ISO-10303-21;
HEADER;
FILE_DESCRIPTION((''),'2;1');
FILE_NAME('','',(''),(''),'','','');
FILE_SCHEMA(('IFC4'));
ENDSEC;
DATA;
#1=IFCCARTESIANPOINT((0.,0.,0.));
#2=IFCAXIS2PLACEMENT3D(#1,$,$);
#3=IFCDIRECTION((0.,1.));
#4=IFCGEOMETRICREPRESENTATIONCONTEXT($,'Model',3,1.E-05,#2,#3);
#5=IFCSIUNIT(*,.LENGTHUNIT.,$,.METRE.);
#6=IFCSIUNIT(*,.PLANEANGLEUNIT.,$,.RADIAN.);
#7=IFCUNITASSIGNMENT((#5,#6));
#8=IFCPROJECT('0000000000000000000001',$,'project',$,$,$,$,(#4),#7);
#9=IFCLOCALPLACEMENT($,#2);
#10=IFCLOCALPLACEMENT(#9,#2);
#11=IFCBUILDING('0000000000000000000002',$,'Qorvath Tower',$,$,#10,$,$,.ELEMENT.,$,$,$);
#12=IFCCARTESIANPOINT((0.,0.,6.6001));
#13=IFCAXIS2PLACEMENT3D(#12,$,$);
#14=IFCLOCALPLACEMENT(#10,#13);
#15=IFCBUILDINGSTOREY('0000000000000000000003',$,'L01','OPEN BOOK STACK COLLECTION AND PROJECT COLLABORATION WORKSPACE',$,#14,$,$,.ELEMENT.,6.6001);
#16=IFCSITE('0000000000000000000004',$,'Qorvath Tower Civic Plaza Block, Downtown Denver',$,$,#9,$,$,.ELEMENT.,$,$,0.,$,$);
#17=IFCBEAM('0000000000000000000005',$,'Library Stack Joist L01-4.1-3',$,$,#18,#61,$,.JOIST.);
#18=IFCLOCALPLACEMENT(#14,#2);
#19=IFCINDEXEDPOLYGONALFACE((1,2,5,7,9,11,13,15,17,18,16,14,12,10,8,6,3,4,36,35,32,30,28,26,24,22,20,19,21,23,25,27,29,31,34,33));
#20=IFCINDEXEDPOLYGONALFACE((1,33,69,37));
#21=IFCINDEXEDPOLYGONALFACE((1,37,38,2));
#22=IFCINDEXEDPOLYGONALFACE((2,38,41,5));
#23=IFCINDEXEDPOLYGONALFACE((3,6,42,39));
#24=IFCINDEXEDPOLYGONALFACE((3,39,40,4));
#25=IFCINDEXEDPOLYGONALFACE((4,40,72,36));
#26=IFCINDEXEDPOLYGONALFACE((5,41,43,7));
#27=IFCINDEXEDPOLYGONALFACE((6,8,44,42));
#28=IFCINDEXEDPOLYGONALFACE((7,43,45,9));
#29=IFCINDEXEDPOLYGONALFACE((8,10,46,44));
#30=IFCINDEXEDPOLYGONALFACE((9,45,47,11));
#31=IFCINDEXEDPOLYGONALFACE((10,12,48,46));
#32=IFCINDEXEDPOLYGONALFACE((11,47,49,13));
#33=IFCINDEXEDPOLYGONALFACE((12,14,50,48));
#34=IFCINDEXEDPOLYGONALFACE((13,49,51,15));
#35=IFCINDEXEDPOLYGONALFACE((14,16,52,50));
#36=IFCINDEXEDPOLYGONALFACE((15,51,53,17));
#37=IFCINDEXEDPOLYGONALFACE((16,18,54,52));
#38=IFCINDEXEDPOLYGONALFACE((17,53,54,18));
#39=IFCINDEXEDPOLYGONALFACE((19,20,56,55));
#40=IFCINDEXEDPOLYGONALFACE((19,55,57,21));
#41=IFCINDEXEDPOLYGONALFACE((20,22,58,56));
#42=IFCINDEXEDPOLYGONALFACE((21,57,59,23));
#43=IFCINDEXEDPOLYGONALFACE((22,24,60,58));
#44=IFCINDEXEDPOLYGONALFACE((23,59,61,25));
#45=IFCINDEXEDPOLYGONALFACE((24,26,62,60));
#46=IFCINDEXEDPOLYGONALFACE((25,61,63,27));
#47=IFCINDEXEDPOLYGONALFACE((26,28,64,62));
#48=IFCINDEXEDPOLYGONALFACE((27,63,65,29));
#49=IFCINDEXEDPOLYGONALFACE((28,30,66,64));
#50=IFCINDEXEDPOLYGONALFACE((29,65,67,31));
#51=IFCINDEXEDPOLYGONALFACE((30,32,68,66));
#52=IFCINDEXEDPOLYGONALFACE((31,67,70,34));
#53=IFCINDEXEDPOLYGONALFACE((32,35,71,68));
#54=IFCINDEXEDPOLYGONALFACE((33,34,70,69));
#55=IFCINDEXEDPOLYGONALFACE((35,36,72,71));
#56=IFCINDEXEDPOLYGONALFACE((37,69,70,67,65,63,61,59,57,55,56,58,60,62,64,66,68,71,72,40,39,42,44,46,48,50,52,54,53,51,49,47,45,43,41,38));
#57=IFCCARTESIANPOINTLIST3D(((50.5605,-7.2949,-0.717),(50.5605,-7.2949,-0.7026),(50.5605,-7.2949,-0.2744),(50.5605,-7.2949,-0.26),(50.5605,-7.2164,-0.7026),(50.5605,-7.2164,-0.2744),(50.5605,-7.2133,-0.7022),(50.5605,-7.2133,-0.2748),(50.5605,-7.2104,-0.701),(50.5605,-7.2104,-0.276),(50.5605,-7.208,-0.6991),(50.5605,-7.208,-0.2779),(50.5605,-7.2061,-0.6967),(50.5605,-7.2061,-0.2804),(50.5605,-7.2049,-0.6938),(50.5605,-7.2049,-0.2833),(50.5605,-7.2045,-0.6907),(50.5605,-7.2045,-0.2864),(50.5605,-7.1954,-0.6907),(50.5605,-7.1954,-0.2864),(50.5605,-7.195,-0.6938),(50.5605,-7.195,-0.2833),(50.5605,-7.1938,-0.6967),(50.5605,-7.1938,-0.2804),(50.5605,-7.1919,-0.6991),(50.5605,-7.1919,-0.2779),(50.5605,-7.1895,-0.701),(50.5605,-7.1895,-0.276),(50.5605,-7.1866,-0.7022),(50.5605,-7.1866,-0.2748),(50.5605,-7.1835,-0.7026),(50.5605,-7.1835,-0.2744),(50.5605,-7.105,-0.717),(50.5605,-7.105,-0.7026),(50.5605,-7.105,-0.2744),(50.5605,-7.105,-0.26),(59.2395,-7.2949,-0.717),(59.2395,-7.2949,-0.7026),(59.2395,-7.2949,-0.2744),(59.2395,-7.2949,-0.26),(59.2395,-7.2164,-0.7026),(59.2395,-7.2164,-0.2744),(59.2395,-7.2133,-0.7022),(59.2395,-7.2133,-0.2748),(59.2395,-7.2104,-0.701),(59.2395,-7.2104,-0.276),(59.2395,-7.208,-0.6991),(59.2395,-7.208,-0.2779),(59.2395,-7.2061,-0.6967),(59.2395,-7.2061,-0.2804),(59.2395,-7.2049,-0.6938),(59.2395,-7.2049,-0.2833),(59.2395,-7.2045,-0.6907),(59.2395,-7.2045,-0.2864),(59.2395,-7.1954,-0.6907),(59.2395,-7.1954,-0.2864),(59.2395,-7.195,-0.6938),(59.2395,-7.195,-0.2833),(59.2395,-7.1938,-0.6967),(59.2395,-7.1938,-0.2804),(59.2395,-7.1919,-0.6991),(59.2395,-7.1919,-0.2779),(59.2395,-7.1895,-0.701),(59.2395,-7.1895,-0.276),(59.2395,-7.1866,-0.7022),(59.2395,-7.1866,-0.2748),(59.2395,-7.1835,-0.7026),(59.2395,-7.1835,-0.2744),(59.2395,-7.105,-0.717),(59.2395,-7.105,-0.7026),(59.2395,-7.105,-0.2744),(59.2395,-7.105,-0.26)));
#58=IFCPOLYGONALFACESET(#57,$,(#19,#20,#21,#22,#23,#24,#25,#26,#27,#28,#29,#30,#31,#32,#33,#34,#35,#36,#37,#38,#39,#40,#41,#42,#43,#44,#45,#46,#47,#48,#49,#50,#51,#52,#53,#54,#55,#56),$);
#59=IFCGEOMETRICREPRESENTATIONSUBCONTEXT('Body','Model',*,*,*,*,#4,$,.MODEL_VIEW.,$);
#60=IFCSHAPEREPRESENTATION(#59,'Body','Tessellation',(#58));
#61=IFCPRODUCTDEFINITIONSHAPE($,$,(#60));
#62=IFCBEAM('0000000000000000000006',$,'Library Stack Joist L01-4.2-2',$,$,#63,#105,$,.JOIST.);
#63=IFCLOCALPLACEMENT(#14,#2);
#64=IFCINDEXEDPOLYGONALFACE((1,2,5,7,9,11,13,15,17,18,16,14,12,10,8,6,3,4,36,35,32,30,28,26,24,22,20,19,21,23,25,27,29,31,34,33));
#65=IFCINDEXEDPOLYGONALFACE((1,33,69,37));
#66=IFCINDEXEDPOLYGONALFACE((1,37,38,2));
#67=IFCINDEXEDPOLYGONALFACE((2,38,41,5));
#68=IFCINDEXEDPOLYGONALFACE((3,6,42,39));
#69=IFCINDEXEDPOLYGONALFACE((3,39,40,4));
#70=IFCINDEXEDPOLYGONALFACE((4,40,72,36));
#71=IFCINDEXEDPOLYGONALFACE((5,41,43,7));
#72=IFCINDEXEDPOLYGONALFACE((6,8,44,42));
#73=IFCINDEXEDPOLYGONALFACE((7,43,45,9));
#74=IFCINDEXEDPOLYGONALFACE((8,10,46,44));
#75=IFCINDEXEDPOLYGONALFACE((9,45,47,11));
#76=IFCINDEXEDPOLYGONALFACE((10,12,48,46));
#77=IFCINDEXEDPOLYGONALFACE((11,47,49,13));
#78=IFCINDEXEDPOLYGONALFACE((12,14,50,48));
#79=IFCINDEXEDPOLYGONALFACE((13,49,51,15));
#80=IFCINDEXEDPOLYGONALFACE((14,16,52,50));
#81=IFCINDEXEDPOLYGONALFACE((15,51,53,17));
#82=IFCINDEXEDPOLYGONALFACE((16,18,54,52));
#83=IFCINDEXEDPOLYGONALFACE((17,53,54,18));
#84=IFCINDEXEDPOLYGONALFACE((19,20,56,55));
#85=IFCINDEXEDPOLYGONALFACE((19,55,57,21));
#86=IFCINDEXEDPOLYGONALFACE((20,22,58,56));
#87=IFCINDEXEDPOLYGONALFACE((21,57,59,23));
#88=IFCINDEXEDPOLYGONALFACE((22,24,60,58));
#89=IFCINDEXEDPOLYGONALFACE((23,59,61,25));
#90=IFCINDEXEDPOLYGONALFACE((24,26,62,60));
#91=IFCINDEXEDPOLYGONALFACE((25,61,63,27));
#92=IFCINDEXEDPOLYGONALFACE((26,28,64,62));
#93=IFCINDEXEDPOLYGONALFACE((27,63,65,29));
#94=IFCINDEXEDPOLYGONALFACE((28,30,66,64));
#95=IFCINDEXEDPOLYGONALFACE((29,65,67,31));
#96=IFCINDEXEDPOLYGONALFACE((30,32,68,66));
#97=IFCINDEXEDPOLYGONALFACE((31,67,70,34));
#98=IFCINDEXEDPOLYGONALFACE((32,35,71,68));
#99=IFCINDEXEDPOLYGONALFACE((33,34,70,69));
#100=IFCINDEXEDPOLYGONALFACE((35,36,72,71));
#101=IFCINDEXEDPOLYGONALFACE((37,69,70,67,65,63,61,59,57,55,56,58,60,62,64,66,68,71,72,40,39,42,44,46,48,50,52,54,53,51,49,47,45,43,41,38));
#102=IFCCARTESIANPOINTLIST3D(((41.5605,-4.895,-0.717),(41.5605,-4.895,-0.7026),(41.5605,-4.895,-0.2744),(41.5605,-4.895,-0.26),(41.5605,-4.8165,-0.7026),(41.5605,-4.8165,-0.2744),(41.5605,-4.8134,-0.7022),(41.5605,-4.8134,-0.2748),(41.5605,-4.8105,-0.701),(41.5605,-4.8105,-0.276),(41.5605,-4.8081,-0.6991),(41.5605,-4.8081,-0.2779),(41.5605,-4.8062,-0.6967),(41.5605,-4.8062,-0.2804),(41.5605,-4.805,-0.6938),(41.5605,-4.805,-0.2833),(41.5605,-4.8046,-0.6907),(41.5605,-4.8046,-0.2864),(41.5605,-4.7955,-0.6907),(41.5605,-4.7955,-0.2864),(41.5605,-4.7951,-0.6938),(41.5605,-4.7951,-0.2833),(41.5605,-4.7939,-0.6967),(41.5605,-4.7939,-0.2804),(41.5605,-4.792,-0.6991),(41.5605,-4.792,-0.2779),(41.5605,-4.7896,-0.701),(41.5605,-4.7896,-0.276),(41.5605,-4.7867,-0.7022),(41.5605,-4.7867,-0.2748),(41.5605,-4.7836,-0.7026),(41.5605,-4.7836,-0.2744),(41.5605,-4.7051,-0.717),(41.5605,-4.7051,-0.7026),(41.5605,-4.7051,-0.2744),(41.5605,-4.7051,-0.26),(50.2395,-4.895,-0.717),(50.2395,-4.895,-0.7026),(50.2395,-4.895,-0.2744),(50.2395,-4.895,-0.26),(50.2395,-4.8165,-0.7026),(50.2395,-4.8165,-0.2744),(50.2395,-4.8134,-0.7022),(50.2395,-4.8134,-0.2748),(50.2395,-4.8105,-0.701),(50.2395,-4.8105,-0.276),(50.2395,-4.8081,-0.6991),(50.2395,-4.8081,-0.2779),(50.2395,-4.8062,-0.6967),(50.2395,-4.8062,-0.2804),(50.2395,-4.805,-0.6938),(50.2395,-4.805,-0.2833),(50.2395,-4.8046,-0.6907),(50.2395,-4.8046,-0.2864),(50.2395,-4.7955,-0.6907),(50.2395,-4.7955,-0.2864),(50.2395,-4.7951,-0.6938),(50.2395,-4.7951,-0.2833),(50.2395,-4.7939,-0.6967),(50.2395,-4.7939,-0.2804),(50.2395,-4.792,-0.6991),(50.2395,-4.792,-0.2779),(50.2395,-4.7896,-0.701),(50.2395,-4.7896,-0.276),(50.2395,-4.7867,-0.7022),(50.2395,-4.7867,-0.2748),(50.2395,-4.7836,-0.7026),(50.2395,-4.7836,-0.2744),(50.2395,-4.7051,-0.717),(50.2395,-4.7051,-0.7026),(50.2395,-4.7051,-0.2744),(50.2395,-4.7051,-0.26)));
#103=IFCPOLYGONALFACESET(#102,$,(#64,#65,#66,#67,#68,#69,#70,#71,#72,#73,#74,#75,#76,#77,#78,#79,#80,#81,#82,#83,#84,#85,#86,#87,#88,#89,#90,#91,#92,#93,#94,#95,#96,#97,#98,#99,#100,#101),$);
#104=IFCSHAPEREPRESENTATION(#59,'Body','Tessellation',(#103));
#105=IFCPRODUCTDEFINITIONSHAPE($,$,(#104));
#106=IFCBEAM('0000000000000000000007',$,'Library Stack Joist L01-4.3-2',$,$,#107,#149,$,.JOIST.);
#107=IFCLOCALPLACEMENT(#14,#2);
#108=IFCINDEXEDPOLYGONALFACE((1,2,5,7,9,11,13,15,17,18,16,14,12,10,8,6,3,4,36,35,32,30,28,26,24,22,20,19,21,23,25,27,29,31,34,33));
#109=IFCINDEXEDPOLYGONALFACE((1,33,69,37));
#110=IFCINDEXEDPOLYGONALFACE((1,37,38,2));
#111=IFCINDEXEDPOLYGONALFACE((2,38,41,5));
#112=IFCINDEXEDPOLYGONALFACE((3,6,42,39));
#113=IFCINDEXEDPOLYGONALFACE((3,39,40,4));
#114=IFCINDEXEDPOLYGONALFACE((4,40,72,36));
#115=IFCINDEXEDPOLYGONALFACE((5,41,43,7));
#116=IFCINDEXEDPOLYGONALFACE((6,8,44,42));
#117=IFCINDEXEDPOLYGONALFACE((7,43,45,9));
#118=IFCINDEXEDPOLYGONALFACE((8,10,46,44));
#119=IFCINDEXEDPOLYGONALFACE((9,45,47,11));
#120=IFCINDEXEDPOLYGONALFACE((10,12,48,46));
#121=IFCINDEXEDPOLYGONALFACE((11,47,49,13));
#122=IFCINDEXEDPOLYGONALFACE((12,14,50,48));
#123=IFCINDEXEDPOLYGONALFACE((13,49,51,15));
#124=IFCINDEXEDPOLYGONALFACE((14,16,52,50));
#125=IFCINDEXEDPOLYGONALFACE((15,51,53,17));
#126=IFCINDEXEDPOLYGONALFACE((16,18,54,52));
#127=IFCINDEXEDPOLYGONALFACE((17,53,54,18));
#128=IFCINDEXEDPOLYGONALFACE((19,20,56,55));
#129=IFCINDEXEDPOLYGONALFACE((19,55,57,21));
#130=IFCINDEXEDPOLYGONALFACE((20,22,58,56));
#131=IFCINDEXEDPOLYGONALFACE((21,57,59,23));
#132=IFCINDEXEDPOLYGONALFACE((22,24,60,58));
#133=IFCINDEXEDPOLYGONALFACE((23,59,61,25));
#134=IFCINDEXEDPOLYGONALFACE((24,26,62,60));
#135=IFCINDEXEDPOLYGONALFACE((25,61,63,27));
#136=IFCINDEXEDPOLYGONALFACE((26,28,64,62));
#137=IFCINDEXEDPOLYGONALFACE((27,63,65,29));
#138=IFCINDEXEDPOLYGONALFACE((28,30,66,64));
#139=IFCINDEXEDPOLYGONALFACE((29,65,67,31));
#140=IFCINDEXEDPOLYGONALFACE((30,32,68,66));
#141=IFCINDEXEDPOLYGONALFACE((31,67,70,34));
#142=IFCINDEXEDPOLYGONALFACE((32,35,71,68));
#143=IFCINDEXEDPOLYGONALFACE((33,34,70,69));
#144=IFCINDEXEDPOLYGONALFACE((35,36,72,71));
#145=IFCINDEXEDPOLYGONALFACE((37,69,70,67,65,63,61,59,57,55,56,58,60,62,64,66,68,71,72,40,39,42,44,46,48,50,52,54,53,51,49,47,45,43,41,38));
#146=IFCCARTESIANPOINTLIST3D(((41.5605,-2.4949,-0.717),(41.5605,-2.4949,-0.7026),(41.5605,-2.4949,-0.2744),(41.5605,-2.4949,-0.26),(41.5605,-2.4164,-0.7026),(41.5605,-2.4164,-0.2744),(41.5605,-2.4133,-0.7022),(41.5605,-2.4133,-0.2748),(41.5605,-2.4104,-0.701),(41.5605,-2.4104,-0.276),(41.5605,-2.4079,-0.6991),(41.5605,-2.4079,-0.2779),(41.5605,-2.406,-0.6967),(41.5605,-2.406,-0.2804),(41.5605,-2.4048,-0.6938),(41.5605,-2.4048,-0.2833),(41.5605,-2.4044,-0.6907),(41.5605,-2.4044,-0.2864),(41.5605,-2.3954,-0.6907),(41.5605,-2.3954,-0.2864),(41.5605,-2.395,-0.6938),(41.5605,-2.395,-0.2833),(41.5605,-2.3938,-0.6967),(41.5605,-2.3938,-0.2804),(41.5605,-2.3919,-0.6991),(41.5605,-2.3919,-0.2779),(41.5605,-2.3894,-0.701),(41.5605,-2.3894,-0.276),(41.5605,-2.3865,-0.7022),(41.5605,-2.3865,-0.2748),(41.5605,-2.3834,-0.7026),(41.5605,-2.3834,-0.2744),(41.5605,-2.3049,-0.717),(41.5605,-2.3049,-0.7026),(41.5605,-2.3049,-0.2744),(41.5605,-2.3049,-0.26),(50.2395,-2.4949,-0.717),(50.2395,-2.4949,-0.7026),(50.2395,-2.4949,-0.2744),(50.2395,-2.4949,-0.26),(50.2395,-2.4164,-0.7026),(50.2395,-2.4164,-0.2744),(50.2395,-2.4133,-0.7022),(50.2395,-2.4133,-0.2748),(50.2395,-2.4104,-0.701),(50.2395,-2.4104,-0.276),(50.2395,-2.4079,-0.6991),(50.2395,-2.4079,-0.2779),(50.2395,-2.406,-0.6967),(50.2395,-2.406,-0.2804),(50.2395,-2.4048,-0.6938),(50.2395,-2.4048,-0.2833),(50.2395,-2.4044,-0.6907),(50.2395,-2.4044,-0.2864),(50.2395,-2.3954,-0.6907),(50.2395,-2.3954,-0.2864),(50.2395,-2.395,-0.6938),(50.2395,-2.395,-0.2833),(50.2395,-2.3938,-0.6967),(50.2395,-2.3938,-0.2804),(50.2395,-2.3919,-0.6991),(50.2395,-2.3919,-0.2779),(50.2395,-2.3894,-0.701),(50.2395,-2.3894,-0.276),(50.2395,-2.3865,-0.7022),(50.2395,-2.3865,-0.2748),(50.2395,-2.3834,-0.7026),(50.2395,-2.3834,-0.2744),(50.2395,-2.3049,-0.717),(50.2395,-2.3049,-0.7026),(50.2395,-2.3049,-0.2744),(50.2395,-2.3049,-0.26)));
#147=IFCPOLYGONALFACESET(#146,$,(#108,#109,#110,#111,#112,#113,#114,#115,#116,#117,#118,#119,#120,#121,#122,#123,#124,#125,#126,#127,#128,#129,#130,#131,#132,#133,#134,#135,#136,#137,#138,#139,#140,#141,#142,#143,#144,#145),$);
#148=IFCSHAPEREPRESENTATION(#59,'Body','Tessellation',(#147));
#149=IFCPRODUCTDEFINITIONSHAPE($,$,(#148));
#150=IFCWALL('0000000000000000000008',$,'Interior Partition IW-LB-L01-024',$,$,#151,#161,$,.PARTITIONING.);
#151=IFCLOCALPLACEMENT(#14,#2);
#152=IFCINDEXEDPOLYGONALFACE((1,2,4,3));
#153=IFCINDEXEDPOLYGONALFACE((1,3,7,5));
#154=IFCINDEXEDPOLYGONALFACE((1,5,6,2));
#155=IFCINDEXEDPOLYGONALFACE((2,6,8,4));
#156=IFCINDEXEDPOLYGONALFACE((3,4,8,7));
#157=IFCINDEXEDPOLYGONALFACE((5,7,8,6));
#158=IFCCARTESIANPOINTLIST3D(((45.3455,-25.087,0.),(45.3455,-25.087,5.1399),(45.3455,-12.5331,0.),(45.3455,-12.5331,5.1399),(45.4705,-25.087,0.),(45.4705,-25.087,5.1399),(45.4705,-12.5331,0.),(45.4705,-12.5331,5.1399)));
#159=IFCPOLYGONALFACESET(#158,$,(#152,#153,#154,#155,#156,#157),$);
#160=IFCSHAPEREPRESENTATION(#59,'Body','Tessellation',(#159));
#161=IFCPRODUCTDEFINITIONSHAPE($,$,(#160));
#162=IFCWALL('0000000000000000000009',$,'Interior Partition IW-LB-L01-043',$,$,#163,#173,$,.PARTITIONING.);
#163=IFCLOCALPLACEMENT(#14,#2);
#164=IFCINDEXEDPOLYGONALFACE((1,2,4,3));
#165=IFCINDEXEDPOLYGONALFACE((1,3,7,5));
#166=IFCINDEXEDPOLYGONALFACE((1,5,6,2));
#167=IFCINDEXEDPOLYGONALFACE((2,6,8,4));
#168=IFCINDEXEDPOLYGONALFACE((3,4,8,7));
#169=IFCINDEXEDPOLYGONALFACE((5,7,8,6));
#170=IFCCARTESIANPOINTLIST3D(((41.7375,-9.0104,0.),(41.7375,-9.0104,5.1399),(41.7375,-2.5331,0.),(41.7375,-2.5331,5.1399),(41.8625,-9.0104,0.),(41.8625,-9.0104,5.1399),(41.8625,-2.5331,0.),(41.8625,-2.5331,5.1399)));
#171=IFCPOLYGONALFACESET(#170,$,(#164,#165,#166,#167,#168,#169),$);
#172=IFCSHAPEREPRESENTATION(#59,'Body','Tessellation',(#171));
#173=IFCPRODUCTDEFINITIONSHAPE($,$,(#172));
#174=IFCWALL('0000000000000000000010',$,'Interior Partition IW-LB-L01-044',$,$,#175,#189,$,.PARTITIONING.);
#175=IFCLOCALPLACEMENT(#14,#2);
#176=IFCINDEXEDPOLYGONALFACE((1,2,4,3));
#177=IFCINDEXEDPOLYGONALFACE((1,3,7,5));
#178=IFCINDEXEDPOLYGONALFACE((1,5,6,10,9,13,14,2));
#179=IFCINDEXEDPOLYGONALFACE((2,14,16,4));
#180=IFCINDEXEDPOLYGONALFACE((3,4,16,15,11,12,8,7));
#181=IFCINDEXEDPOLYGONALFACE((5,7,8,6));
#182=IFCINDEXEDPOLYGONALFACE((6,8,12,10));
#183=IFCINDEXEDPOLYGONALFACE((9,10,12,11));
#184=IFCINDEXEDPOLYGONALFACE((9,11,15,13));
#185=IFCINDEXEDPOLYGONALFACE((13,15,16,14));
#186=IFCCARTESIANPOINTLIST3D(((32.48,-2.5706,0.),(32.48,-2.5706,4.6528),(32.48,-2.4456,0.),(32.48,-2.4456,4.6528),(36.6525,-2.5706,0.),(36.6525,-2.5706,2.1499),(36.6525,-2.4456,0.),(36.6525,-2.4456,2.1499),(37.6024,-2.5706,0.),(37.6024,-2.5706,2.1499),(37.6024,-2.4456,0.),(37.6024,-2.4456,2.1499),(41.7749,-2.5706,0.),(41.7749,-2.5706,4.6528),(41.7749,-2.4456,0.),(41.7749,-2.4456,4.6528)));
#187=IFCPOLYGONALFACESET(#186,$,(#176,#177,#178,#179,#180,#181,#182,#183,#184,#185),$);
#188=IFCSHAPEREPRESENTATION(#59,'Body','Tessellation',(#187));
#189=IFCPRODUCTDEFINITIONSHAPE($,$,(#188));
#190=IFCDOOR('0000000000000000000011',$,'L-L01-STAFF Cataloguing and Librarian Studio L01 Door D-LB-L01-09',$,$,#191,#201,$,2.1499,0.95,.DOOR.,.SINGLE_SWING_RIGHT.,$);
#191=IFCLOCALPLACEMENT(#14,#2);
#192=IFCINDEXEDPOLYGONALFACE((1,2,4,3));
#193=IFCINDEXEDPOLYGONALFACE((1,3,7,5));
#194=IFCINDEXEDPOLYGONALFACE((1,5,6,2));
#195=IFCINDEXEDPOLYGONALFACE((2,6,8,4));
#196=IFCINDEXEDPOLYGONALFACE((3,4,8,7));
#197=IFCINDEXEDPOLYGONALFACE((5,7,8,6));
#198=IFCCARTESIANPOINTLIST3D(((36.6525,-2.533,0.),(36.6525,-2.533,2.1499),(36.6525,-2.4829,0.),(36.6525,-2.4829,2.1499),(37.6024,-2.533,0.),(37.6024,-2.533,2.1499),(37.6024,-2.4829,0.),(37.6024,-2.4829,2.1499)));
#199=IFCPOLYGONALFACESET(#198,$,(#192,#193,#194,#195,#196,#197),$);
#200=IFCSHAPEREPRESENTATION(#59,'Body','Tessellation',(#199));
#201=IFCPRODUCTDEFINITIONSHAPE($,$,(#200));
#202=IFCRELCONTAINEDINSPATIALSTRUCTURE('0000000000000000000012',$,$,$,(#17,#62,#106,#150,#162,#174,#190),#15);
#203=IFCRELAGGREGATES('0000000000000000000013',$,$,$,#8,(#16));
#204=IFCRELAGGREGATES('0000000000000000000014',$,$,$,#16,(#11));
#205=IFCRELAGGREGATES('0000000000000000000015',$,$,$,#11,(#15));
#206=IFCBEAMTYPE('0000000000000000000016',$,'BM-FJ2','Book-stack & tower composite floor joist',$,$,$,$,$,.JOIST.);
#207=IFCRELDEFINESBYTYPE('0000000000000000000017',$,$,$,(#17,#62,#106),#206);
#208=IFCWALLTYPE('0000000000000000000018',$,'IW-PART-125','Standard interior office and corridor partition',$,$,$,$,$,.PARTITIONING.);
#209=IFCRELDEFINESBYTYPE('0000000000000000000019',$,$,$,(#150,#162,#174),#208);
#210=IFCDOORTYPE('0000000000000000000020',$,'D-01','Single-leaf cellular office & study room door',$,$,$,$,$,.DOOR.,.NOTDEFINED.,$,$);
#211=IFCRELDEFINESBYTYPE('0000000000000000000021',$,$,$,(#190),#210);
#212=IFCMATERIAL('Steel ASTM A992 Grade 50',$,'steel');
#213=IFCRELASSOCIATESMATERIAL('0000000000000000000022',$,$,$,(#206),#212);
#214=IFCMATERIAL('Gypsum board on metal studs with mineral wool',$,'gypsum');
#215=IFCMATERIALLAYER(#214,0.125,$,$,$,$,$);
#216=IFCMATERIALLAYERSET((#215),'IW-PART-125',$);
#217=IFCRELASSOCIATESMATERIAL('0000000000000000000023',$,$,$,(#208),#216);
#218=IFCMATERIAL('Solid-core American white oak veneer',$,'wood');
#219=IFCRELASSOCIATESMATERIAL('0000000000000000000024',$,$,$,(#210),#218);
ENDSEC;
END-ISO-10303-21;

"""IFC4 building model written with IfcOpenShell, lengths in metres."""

from ifc_helpers import new_model, si_unit, direction, frame, frame_2d, origin, origin_2d, place, context, subcontext, project, spatial, rectangle, i_section, extrude, material, layer, layer_set, material_profile, profile_set, type_object, element, fill, save


model = new_model("IFC4")

# Units and contexts
model_context = context("Model", 3, precision=1e-05, world=origin(), true_north=direction((0.0, 1.0)))
body_context = subcontext(model_context, "Body", "Model", "MODEL_VIEW")
ifc_project = project(units=[si_unit("LENGTHUNIT", "METRE"), si_unit("PLANEANGLEUNIT", "RADIAN")], contexts=[model_context])

# Site, building, storey
site_placement = place(None, origin())
site = spatial("IfcSite", under=ifc_project, at=site_placement, Name="Qorvath Tower Civic Plaza Block, Downtown Denver", CompositionType="ELEMENT", RefElevation=0.0)
building_placement = place(site_placement, origin())
building = spatial("IfcBuilding", under=site, at=building_placement, Name="Qorvath Tower", CompositionType="ELEMENT")
storey_placement = place(building_placement, frame((0.0, 0.0, 6.6001)))
storey = spatial("IfcBuildingStorey", under=building, at=storey_placement, Name="L01", Description="OPEN BOOK STACK COLLECTION AND PROJECT COLLABORATION WORKSPACE", CompositionType="ELEMENT", Elevation=6.6001)

# Beams
ifc_material_1 = material(Name="Steel ASTM A992 Grade 50", Category="steel")
ifc_material_profile_1 = material_profile(ifc_material_1, i_section(OverallWidth=0.1899, OverallDepth=0.457, WebThickness=0.009, FlangeThickness=0.0144, FilletRadius=0.012, at=origin_2d()), Name="W18x50")
ifc_profile_set_1 = profile_set([ifc_material_profile_1], Name="Steel ASTM A992 Grade 50")
beam_type_1 = type_object("IfcBeamType", Name="BM-FJ2", Description="Book-stack & tower composite floor joist", PredefinedType="JOIST", material=ifc_profile_set_1)
for number, where, z_axis, x_axis, name in (
    (1, (50.5605, -7.2, -0.4885), (1.0, 0.0, 0.0), (0.0, 1.0, 0.0), "Library Stack Joist L01-4.1-3"),
    (2, (41.5605, -4.8, -0.4885), (1.0, 0.0, 0.0), (0.0, 1.0, 0.0), "Library Stack Joist L01-4.2-2"),
    (3, (41.5605, -2.3999, -0.4885), (1.0, 0.0, 0.0), (0.0, 1.0, 0.0), "Library Stack Joist L01-4.3-2"),
):
    element("IfcBeam", number, at=place(storey_placement, frame(where, z_axis=z_axis, x_axis=x_axis)), inside=storey, type_object=beam_type_1, Name=name, PredefinedType="JOIST", context=body_context, shape_type="SweptSolid", body=[
        extrude(i_section(OverallWidth=0.1899, OverallDepth=0.457, WebThickness=0.009, FlangeThickness=0.0144, FilletRadius=0.012, at=origin_2d()), origin(), (0.0, 0.0, 1.0), 8.679),
    ])

# Walls
ifc_material_2 = material(Name="Gypsum board on metal studs with mineral wool", Category="gypsum")
ifc_layer = layer(ifc_material_2, 0.125)
ifc_layer_set = layer_set([ifc_layer], Name="IW-PART-125")
wall_type = type_object("IfcWallType", Name="IW-PART-125", Description="Standard interior office and corridor partition", PredefinedType="PARTITIONING", material=ifc_layer_set)
wall_1_placement = place(storey_placement, frame((45.408, -12.5332, 0.0), z_axis=(0.0, 0.0, 1.0), x_axis=(0.0, -1.0, 0.0)))
element("IfcWall", 4, at=wall_1_placement, inside=storey, type_object=wall_type, Name="Interior Partition IW-LB-L01-024", PredefinedType="PARTITIONING", context=body_context, shape_type="SweptSolid", body=[
    extrude(rectangle(XDim=12.554, YDim=0.125, at=frame_2d((6.2769, 0.0))), origin(), (0.0, 0.0, 1.0), 5.1399),
])
wall_2_placement = place(storey_placement, frame((41.8, -9.0105, 0.0), z_axis=(0.0, 0.0, 1.0), x_axis=(0.0, 1.0, 0.0)))
element("IfcWall", 5, at=wall_2_placement, inside=storey, type_object=wall_type, Name="Interior Partition IW-LB-L01-043", PredefinedType="PARTITIONING", context=body_context, shape_type="SweptSolid", body=[
    extrude(rectangle(XDim=6.4773, YDim=0.125, at=frame_2d((3.2388, 0.0))), origin(), (0.0, 0.0, 1.0), 5.1399),
])

# Wall, opening, door
wall_3_placement = place(storey_placement, frame((41.7749, -2.5081, 0.0), z_axis=(0.0, 0.0, 1.0), x_axis=(-1.0, 0.0, 0.0)))
wall_3 = element("IfcWall", 6, at=wall_3_placement, inside=storey, type_object=wall_type, Name="Interior Partition IW-LB-L01-044", PredefinedType="PARTITIONING", context=body_context, shape_type="SweptSolid", body=[
    extrude(rectangle(XDim=9.2949, YDim=0.125, at=frame_2d((4.6475, 0.0))), origin(), (0.0, 0.0, 1.0), 4.6528),
])
opening_placement = place(wall_3_placement, frame((4.1724, 0.0, 0.0)))
opening = element("IfcOpeningElement", 7, at=opening_placement, cuts=wall_3, PredefinedType="OPENING", context=body_context, shape_type="SweptSolid", body=[
    extrude(rectangle(XDim=0.95, YDim=2.1499, at=frame_2d((0.4751, 1.075))), frame((0.0, 0.0725, 0.0), z_axis=(0.0, -1.0, 0.0), x_axis=(1.0, 0.0, 0.0)), (0.0, 0.0, 1.0), 0.145),
])
ifc_material_3 = material(Name="Solid-core American white oak veneer", Category="wood")
door_type = type_object("IfcDoorType", Name="D-01", Description="Single-leaf cellular office & study room door", OperationType="NOTDEFINED", PredefinedType="DOOR", material=ifc_material_3)
door_placement = place(opening_placement, origin())
door = element("IfcDoor", 8, at=door_placement, inside=storey, type_object=door_type, Name="L-L01-STAFF Cataloguing and Librarian Studio L01 Door D-LB-L01-09", OperationType="SINGLE_SWING_RIGHT", OverallHeight=2.1499, OverallWidth=0.95, PredefinedType="DOOR", context=body_context, shape_type="SweptSolid", body=[
    extrude(rectangle(XDim=0.95, YDim=2.1499, at=frame_2d((0.4751, 1.075))), frame((0.0, 0.0249, 0.0), z_axis=(0.0, -1.0, 0.0), x_axis=(1.0, 0.0, 0.0)), (0.0, 0.0, 1.0), 0.05),
])
fill(opening, door)

save(model, "model.ifc")
